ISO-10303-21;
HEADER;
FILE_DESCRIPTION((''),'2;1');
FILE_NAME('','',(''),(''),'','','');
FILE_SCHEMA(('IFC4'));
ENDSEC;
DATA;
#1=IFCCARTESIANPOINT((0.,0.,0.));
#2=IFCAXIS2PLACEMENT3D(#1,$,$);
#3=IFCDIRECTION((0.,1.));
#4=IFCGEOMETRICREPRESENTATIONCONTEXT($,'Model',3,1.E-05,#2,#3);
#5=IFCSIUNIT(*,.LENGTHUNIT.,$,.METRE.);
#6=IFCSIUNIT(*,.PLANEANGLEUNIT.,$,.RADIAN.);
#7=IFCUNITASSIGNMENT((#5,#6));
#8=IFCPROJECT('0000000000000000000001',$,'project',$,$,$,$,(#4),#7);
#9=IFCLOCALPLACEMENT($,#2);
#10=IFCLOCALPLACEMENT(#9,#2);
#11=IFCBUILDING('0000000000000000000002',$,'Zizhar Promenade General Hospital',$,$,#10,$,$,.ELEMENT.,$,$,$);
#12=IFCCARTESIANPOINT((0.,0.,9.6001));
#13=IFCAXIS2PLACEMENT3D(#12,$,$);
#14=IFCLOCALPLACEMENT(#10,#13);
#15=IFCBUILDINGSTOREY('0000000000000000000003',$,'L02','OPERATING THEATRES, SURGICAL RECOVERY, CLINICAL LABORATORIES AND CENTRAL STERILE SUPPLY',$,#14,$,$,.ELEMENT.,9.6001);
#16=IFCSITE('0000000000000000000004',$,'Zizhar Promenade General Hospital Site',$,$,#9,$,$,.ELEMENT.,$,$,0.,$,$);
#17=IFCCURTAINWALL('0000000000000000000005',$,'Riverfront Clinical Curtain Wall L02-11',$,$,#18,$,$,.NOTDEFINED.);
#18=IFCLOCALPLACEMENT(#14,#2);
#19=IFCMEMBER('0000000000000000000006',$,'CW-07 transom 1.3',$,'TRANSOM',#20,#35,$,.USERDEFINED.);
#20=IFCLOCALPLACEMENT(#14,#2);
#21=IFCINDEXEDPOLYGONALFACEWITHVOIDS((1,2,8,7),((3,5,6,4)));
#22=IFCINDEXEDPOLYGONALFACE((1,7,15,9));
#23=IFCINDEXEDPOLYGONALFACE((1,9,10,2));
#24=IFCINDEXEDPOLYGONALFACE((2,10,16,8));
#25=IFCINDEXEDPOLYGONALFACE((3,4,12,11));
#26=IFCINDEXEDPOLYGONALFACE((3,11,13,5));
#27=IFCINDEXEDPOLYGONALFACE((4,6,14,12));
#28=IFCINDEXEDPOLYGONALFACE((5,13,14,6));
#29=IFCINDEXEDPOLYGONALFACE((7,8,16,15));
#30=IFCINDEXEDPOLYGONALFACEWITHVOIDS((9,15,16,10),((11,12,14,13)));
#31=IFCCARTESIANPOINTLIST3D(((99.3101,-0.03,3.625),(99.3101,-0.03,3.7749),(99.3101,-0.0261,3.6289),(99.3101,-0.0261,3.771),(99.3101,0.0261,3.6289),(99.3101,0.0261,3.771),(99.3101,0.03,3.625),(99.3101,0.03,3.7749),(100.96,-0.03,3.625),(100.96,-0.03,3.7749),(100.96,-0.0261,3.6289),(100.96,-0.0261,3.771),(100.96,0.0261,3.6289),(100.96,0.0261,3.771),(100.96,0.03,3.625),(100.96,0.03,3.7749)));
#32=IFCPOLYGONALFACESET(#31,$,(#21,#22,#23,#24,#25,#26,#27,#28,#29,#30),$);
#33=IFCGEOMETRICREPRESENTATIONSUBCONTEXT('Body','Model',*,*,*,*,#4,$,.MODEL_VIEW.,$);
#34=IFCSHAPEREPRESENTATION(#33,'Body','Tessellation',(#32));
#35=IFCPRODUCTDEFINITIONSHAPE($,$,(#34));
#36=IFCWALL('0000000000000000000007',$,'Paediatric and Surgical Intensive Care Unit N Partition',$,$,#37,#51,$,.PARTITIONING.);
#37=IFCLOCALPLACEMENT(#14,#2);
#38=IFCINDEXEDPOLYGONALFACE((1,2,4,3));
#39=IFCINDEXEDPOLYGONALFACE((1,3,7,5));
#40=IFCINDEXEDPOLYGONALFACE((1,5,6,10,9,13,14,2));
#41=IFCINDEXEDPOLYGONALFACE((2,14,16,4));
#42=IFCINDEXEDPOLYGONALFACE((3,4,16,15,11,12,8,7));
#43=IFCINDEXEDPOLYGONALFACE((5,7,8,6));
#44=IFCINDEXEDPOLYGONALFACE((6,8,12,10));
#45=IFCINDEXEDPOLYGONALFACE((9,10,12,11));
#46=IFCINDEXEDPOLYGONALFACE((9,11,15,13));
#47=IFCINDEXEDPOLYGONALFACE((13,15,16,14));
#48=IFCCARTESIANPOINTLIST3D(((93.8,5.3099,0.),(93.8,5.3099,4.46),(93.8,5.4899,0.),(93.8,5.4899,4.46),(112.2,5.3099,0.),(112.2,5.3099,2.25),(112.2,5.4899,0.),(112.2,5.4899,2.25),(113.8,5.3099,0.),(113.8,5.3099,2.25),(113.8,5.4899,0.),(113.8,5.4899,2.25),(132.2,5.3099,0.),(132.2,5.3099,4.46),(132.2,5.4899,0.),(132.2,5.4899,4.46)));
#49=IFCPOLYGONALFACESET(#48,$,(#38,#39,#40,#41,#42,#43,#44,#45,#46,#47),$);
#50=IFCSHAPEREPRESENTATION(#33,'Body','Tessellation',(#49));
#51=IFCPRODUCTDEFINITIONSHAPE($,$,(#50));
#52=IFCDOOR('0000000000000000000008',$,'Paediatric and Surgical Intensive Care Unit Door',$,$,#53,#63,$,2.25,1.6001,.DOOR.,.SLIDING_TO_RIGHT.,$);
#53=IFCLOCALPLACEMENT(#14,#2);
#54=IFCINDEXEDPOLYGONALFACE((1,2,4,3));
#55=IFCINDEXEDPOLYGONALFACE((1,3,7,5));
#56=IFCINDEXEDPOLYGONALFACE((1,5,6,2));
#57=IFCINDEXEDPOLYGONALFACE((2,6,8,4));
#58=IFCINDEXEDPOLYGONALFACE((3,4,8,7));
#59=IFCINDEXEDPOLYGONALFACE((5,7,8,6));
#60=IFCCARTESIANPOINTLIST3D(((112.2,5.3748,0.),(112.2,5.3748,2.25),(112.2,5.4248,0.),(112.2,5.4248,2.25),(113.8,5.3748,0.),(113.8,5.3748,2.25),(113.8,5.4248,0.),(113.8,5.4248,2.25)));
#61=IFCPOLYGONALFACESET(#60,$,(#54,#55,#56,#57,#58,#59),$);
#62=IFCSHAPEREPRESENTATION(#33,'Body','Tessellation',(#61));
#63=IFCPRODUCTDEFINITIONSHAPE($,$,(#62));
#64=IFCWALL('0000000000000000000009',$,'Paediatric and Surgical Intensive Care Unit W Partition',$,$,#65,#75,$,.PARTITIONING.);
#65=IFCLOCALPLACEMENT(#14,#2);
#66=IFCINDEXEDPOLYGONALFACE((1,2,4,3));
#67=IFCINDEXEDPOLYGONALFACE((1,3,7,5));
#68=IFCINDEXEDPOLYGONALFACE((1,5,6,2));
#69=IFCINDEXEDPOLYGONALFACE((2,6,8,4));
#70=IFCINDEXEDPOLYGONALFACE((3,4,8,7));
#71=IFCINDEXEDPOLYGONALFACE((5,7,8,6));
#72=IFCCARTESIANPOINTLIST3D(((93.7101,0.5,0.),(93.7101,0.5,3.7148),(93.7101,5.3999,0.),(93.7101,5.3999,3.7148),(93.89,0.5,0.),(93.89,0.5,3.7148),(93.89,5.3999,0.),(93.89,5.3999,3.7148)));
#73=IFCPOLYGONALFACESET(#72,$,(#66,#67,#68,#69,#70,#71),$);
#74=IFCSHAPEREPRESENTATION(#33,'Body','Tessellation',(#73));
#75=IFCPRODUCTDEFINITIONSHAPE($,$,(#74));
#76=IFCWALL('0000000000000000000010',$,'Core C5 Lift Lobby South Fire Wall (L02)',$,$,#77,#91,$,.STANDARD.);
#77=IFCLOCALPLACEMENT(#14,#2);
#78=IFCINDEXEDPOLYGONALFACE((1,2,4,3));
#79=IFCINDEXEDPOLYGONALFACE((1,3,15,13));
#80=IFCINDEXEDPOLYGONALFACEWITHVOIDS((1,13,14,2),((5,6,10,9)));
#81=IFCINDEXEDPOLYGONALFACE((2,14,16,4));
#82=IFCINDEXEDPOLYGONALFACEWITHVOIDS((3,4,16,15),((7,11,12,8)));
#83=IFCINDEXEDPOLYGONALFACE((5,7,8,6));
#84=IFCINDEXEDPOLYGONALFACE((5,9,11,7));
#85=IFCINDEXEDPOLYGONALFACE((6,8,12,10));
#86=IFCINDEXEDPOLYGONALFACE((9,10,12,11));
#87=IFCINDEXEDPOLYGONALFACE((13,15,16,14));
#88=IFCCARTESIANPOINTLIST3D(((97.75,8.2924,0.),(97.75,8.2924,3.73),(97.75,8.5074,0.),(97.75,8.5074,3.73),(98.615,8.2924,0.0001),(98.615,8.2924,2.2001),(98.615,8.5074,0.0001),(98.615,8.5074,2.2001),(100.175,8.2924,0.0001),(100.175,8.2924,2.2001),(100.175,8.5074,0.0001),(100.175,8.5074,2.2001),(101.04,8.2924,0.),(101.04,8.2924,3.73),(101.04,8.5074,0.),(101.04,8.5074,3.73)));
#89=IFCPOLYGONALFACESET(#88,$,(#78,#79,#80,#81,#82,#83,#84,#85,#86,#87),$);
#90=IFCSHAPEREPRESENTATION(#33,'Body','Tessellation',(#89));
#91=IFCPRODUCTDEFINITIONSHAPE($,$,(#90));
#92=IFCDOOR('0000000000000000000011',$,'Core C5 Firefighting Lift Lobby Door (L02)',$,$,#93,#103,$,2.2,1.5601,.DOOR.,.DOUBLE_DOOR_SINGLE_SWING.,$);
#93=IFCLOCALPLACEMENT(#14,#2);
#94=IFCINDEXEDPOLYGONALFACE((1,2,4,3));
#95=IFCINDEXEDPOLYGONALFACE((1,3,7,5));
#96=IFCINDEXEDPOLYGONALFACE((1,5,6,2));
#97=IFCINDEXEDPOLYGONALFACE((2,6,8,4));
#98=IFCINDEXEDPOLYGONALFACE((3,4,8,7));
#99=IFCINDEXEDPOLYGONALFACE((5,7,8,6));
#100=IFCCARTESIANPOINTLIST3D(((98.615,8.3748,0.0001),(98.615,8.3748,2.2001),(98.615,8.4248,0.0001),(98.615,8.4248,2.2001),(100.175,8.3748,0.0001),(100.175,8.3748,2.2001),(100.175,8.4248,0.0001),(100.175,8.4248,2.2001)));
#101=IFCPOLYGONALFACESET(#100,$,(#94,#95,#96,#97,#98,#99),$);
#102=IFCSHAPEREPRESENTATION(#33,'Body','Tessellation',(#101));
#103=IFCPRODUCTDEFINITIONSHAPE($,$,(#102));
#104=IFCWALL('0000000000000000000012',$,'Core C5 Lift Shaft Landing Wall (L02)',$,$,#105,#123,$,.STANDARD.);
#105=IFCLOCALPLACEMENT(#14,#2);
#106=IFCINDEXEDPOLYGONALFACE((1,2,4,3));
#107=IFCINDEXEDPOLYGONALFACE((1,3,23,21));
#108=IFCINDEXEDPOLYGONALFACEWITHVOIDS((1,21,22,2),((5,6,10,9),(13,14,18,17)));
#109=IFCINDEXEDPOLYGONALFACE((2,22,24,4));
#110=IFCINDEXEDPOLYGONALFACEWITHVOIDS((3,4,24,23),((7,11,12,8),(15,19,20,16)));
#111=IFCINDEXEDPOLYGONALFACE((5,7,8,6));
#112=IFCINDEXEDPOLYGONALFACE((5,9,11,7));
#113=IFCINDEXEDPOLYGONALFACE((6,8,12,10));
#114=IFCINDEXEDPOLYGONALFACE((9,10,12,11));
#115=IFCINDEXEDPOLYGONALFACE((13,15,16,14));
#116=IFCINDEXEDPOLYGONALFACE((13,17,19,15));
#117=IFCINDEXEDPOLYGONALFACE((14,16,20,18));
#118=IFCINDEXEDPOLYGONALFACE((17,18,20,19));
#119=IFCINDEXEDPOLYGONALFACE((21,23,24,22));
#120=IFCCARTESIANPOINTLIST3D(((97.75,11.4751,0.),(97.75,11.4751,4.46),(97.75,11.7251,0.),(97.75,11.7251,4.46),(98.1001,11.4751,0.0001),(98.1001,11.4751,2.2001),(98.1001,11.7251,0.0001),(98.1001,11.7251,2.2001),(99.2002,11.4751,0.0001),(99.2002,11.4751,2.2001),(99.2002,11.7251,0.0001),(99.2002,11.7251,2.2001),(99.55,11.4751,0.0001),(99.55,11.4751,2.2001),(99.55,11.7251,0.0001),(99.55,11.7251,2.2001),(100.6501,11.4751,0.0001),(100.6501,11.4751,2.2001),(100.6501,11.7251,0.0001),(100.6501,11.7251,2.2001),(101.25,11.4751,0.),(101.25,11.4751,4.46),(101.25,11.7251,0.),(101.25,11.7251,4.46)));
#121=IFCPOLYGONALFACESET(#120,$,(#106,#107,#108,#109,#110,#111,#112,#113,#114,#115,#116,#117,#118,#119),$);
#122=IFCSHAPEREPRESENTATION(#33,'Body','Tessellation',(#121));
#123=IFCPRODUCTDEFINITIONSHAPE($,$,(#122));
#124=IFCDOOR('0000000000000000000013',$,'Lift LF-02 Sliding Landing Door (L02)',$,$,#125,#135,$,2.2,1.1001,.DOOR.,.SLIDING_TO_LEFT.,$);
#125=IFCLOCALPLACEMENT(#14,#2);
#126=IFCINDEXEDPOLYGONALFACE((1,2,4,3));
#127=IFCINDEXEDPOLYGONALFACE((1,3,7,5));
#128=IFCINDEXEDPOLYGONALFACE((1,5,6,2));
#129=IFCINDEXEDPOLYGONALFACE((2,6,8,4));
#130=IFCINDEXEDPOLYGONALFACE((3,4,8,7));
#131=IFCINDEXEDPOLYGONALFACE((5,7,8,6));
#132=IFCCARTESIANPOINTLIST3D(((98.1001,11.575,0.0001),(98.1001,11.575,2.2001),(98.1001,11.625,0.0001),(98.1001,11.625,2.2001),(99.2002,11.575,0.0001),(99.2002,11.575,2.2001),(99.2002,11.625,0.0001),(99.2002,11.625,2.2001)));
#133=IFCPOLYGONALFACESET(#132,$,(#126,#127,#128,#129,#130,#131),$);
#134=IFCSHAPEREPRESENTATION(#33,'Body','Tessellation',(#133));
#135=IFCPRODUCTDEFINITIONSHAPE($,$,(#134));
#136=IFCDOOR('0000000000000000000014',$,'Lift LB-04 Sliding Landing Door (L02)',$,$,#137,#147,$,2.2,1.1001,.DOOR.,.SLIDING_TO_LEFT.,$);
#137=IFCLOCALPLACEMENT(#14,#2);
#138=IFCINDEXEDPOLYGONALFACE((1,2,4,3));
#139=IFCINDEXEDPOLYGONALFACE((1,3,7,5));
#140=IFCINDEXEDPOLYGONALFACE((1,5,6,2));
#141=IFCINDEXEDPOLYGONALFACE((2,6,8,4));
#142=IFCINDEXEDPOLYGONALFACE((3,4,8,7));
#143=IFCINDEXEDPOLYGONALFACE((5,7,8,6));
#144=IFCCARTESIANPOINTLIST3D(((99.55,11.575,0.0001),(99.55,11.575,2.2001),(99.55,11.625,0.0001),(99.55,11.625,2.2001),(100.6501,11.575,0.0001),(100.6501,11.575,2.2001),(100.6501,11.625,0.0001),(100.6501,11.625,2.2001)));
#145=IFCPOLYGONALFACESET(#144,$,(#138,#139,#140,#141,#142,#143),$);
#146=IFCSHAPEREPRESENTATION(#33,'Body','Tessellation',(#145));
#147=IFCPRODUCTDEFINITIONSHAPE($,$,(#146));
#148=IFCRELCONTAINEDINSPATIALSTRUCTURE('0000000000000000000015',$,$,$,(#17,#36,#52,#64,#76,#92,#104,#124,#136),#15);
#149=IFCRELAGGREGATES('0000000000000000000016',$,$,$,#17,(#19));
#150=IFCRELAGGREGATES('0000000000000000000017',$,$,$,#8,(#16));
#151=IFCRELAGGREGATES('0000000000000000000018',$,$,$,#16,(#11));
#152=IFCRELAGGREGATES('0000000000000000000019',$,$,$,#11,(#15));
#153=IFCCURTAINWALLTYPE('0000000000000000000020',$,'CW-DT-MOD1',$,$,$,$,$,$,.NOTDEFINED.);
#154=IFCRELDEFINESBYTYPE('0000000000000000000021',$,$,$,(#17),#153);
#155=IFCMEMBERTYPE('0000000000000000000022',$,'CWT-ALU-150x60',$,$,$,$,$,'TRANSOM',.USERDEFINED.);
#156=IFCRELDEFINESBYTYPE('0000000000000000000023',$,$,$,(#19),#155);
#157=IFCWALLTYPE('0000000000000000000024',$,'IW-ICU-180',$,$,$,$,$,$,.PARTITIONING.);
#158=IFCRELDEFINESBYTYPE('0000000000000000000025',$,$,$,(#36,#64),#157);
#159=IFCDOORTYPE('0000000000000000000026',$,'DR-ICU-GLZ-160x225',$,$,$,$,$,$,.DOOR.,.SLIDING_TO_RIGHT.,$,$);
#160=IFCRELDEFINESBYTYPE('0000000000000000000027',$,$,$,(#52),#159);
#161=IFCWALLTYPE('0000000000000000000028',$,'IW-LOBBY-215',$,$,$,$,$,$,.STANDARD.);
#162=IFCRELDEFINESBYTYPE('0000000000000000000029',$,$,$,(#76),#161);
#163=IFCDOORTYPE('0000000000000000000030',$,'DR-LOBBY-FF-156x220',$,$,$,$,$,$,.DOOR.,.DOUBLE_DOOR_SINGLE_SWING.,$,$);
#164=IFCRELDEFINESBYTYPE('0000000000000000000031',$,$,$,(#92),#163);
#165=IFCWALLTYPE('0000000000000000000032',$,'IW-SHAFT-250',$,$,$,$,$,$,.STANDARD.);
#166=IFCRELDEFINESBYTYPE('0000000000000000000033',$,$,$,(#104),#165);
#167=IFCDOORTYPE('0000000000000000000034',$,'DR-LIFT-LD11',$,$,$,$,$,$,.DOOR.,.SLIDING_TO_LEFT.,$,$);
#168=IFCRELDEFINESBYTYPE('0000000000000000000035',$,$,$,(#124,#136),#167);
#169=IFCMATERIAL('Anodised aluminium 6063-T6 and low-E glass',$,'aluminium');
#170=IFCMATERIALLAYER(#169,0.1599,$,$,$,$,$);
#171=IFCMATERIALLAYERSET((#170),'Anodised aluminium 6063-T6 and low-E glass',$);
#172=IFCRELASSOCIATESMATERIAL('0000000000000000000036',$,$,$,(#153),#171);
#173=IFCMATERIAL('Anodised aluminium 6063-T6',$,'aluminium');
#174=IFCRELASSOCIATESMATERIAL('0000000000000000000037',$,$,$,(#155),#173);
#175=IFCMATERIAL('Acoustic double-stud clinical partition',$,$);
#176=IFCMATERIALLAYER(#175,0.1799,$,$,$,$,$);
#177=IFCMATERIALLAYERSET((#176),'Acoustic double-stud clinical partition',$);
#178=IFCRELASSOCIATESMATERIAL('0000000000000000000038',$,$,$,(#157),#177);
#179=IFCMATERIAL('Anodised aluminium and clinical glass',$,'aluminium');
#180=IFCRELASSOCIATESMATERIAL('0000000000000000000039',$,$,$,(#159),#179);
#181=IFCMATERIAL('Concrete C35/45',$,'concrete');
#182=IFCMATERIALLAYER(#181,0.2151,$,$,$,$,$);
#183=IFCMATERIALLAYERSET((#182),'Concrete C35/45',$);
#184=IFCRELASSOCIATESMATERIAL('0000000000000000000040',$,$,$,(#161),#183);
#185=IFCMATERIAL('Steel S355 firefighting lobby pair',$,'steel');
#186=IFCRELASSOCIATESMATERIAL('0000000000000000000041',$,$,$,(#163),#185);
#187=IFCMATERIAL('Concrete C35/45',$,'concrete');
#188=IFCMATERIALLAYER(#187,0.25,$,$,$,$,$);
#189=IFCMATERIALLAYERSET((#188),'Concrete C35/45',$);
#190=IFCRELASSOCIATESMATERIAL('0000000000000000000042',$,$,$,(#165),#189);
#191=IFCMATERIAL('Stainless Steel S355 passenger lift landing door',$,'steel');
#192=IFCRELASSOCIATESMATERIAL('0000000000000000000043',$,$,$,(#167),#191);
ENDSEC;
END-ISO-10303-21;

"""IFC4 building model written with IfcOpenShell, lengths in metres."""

from ifc_helpers import new_model, si_unit, direction, frame, frame_2d, origin, origin_2d, place, context, subcontext, project, spatial, rectangle, hollow_rectangle, extrude, material, layer, layer_set, material_profile, profile_set, type_object, element, fill, aggregate, save


model = new_model("IFC4")

# Units and contexts
model_context = context("Model", 3, precision=1e-05, world=origin(), true_north=direction((0.0, 1.0)))
body_context = subcontext(model_context, "Body", "Model", "MODEL_VIEW")
ifc_project = project(units=[si_unit("LENGTHUNIT", "METRE"), si_unit("PLANEANGLEUNIT", "RADIAN")], contexts=[model_context])

# Site, building, storey
site_placement = place(None, origin())
site = spatial("IfcSite", under=ifc_project, at=site_placement, Name="Zizhar Promenade General Hospital Site", CompositionType="ELEMENT", RefElevation=0.0)
building_placement = place(site_placement, origin())
building = spatial("IfcBuilding", under=site, at=building_placement, Name="Zizhar Promenade General Hospital", CompositionType="ELEMENT")
storey_placement = place(building_placement, frame((0.0, 0.0, 9.6001)))
storey = spatial("IfcBuildingStorey", under=building, at=storey_placement, Name="L02", Description="OPERATING THEATRES, SURGICAL RECOVERY, CLINICAL LABORATORIES AND CENTRAL STERILE SUPPLY", CompositionType="ELEMENT", Elevation=9.6001)

# Curtain wall, member
ifc_material_1 = material(Name="Anodised aluminium 6063-T6 and low-E glass", Category="aluminium")
ifc_layer_1 = layer(ifc_material_1, 0.1599)
ifc_layer_set_1 = layer_set([ifc_layer_1], Name="Anodised aluminium 6063-T6 and low-E glass")
curtain_wall_type = type_object("IfcCurtainWallType", Name="CW-DT-MOD1", PredefinedType="NOTDEFINED", material=ifc_layer_set_1)
curtain_wall_placement = place(storey_placement, origin())
curtain_wall = element("IfcCurtainWall", 1, at=curtain_wall_placement, inside=storey, type_object=curtain_wall_type, Name="Riverfront Clinical Curtain Wall L02-11", PredefinedType="NOTDEFINED")
ifc_material_2 = material(Name="Anodised aluminium 6063-T6", Category="aluminium")
ifc_material_profile_1 = material_profile(ifc_material_2, hollow_rectangle(XDim=0.0601, YDim=0.1499, WallThickness=0.0039, at=origin_2d()))
ifc_profile_set_1 = profile_set([ifc_material_profile_1], Name="Anodised aluminium 6063-T6")
member_type_1 = type_object("IfcMemberType", Name="CWT-ALU-150x60", ElementType="TRANSOM", PredefinedType="USERDEFINED", material=ifc_profile_set_1)
member_1_placement = place(storey_placement, frame((100.96, 0.0, 3.7), z_axis=(-1.0, 0.0, 0.0), x_axis=(0.0, -1.0, 0.0)))
member_1 = element("IfcMember", 2, at=member_1_placement, type_object=member_type_1, Name="CW-07 transom 1.3", ObjectType="TRANSOM", PredefinedType="USERDEFINED", context=body_context, shape_type="SweptSolid", body=[
    extrude(hollow_rectangle(XDim=0.0601, YDim=0.1499, WallThickness=0.0039, at=origin_2d()), origin(), (0.0, 0.0, 1.0), 1.6499),
])
aggregate(curtain_wall, [member_1])

# Wall, opening, door
ifc_material_3 = material(Name="Acoustic double-stud clinical partition")
ifc_layer_2 = layer(ifc_material_3, 0.1799)
ifc_layer_set_2 = layer_set([ifc_layer_2], Name="Acoustic double-stud clinical partition")
wall_type_1 = type_object("IfcWallType", Name="IW-ICU-180", PredefinedType="PARTITIONING", material=ifc_layer_set_2)
wall_1_placement = place(storey_placement, frame((93.8, 5.3999, 0.0), z_axis=(0.0, 0.0, 1.0), x_axis=(1.0, 0.0, 0.0)))
wall_1 = element("IfcWall", 3, at=wall_1_placement, inside=storey, type_object=wall_type_1, Name="Paediatric and Surgical Intensive Care Unit N Partition", PredefinedType="PARTITIONING", context=body_context, shape_type="SweptSolid", body=[
    extrude(rectangle(XDim=38.3999, YDim=0.1799, at=frame_2d((19.2, 0.0))), origin(), (0.0, 0.0, 1.0), 4.46),
])
opening_1_placement = place(wall_1_placement, frame((18.3999, 0.0, 0.0)))
opening_1 = element("IfcOpeningElement", 4, at=opening_1_placement, cuts=wall_1, PredefinedType="OPENING", context=body_context, shape_type="SweptSolid", body=[
    extrude(rectangle(XDim=1.6001, YDim=2.25, at=frame_2d((0.8, 1.125))), frame((0.0, 0.1001, 0.0), z_axis=(0.0, -1.0, 0.0), x_axis=(1.0, 0.0, 0.0)), (0.0, 0.0, 1.0), 0.2),
])
ifc_material_4 = material(Name="Anodised aluminium and clinical glass", Category="aluminium")
door_type_1 = type_object("IfcDoorType", Name="DR-ICU-GLZ-160x225", OperationType="SLIDING_TO_RIGHT", PredefinedType="DOOR", material=ifc_material_4)
door_1_placement = place(opening_1_placement, origin())
door_1 = element("IfcDoor", 5, at=door_1_placement, inside=storey, type_object=door_type_1, Name="Paediatric and Surgical Intensive Care Unit Door", OperationType="SLIDING_TO_RIGHT", OverallHeight=2.25, OverallWidth=1.6001, PredefinedType="DOOR", context=body_context, shape_type="SweptSolid", body=[
    extrude(rectangle(XDim=1.6001, YDim=2.25, at=frame_2d((0.8, 1.125))), frame((0.0, 0.0249, 0.0), z_axis=(0.0, -1.0, 0.0), x_axis=(1.0, 0.0, 0.0)), (0.0, 0.0, 1.0), 0.05),
])
fill(opening_1, door_1)

# Wall
wall_2_placement = place(storey_placement, frame((93.8, 0.5, 0.0), z_axis=(0.0, 0.0, 1.0), x_axis=(0.0, 1.0, 0.0)))
element("IfcWall", 6, at=wall_2_placement, inside=storey, type_object=wall_type_1, Name="Paediatric and Surgical Intensive Care Unit W Partition", PredefinedType="PARTITIONING", context=body_context, shape_type="SweptSolid", body=[
    extrude(rectangle(XDim=4.8999, YDim=0.1799, at=frame_2d((2.45, 0.0))), origin(), (0.0, 0.0, 1.0), 3.7148),
])

# Wall, opening, door
ifc_material_5 = material(Name="Concrete C35/45", Category="concrete")
ifc_layer_3 = layer(ifc_material_5, 0.2151)
ifc_layer_set_3 = layer_set([ifc_layer_3], Name="Concrete C35/45")
wall_type_2 = type_object("IfcWallType", Name="IW-LOBBY-215", PredefinedType="STANDARD", material=ifc_layer_set_3)
wall_3_placement = place(storey_placement, frame((97.75, 8.3999, 0.0), z_axis=(0.0, 0.0, 1.0), x_axis=(1.0, 0.0, 0.0)))
wall_3 = element("IfcWall", 7, at=wall_3_placement, inside=storey, type_object=wall_type_2, Name="Core C5 Lift Lobby South Fire Wall (L02)", PredefinedType="STANDARD", context=body_context, shape_type="SweptSolid", body=[
    extrude(rectangle(XDim=3.29, YDim=0.2151, at=frame_2d((1.645, 0.0))), origin(), (0.0, 0.0, 1.0), 3.73),
])
opening_2_placement = place(wall_3_placement, frame((0.865, 0.0, 0.0)))
opening_2 = element("IfcOpeningElement", 8, at=opening_2_placement, cuts=wall_3, PredefinedType="OPENING", context=body_context, shape_type="SweptSolid", body=[
    extrude(rectangle(XDim=1.5601, YDim=2.2, at=frame_2d((0.78, 1.1001))), frame((0.0, 0.1177, 0.0), z_axis=(0.0, -1.0, 0.0), x_axis=(1.0, 0.0, 0.0)), (0.0, 0.0, 1.0), 0.2351),
])
ifc_material_6 = material(Name="Steel S355 firefighting lobby pair", Category="steel")
door_type_2 = type_object("IfcDoorType", Name="DR-LOBBY-FF-156x220", OperationType="DOUBLE_DOOR_SINGLE_SWING", PredefinedType="DOOR", material=ifc_material_6)
door_2_placement = place(opening_2_placement, origin())
door_2 = element("IfcDoor", 9, at=door_2_placement, inside=storey, type_object=door_type_2, Name="Core C5 Firefighting Lift Lobby Door (L02)", OperationType="DOUBLE_DOOR_SINGLE_SWING", OverallHeight=2.2, OverallWidth=1.5601, PredefinedType="DOOR", context=body_context, shape_type="SweptSolid", body=[
    extrude(rectangle(XDim=1.5601, YDim=2.2, at=frame_2d((0.78, 1.1001))), frame((0.0, 0.0249, 0.0), z_axis=(0.0, -1.0, 0.0), x_axis=(1.0, 0.0, 0.0)), (0.0, 0.0, 1.0), 0.05),
])
fill(opening_2, door_2)

# Wall, openings, doors
ifc_material_7 = material(Name="Concrete C35/45", Category="concrete")
ifc_layer_4 = layer(ifc_material_7, 0.25)
ifc_layer_set_4 = layer_set([ifc_layer_4], Name="Concrete C35/45")
wall_type_3 = type_object("IfcWallType", Name="IW-SHAFT-250", PredefinedType="STANDARD", material=ifc_layer_set_4)
wall_4_placement = place(storey_placement, frame((97.75, 11.6001, 0.0), z_axis=(0.0, 0.0, 1.0), x_axis=(1.0, 0.0, 0.0)))
wall_4 = element("IfcWall", 10, at=wall_4_placement, inside=storey, type_object=wall_type_3, Name="Core C5 Lift Shaft Landing Wall (L02)", PredefinedType="STANDARD", context=body_context, shape_type="SweptSolid", body=[
    extrude(rectangle(XDim=3.5, YDim=0.25, at=frame_2d((1.75, 0.0))), origin(), (0.0, 0.0, 1.0), 4.46),
])
opening_3_placement = place(wall_4_placement, frame((0.3501, 0.0, 0.0)))
opening_3 = element("IfcOpeningElement", 11, at=opening_3_placement, cuts=wall_4, PredefinedType="OPENING", context=body_context, shape_type="SweptSolid", body=[
    extrude(rectangle(XDim=1.1001, YDim=2.2, at=frame_2d((0.55, 1.1001))), frame((0.0, 0.135, 0.0), z_axis=(0.0, -1.0, 0.0), x_axis=(1.0, 0.0, 0.0)), (0.0, 0.0, 1.0), 0.27),
])
opening_4_placement = place(wall_4_placement, frame((1.8, 0.0, 0.0)))
opening_4 = element("IfcOpeningElement", 12, at=opening_4_placement, cuts=wall_4, PredefinedType="OPENING", context=body_context, shape_type="SweptSolid", body=[
    extrude(rectangle(XDim=1.1001, YDim=2.2, at=frame_2d((0.55, 1.1001))), frame((0.0, 0.135, 0.0), z_axis=(0.0, -1.0, 0.0), x_axis=(1.0, 0.0, 0.0)), (0.0, 0.0, 1.0), 0.27),
])
ifc_material_8 = material(Name="Stainless Steel S355 passenger lift landing door", Category="steel")
door_type_3 = type_object("IfcDoorType", Name="DR-LIFT-LD11", OperationType="SLIDING_TO_LEFT", PredefinedType="DOOR", material=ifc_material_8)
door_3_placement = place(opening_3_placement, origin())
door_3 = element("IfcDoor", 13, at=door_3_placement, inside=storey, type_object=door_type_3, Name="Lift LF-02 Sliding Landing Door (L02)", OperationType="SLIDING_TO_LEFT", OverallHeight=2.2, OverallWidth=1.1001, PredefinedType="DOOR", context=body_context, shape_type="SweptSolid", body=[
    extrude(rectangle(XDim=1.1001, YDim=2.2, at=frame_2d((0.55, 1.1001))), frame((0.0, 0.0249, 0.0), z_axis=(0.0, -1.0, 0.0), x_axis=(1.0, 0.0, 0.0)), (0.0, 0.0, 1.0), 0.05),
])
fill(opening_3, door_3)
door_4_placement = place(opening_4_placement, origin())
door_4 = element("IfcDoor", 14, at=door_4_placement, inside=storey, type_object=door_type_3, Name="Lift LB-04 Sliding Landing Door (L02)", OperationType="SLIDING_TO_LEFT", OverallHeight=2.2, OverallWidth=1.1001, PredefinedType="DOOR", context=body_context, shape_type="SweptSolid", body=[
    extrude(rectangle(XDim=1.1001, YDim=2.2, at=frame_2d((0.55, 1.1001))), frame((0.0, 0.0249, 0.0), z_axis=(0.0, -1.0, 0.0), x_axis=(1.0, 0.0, 0.0)), (0.0, 0.0, 1.0), 0.05),
])
fill(opening_4, door_4)

save(model, "model.ifc")
